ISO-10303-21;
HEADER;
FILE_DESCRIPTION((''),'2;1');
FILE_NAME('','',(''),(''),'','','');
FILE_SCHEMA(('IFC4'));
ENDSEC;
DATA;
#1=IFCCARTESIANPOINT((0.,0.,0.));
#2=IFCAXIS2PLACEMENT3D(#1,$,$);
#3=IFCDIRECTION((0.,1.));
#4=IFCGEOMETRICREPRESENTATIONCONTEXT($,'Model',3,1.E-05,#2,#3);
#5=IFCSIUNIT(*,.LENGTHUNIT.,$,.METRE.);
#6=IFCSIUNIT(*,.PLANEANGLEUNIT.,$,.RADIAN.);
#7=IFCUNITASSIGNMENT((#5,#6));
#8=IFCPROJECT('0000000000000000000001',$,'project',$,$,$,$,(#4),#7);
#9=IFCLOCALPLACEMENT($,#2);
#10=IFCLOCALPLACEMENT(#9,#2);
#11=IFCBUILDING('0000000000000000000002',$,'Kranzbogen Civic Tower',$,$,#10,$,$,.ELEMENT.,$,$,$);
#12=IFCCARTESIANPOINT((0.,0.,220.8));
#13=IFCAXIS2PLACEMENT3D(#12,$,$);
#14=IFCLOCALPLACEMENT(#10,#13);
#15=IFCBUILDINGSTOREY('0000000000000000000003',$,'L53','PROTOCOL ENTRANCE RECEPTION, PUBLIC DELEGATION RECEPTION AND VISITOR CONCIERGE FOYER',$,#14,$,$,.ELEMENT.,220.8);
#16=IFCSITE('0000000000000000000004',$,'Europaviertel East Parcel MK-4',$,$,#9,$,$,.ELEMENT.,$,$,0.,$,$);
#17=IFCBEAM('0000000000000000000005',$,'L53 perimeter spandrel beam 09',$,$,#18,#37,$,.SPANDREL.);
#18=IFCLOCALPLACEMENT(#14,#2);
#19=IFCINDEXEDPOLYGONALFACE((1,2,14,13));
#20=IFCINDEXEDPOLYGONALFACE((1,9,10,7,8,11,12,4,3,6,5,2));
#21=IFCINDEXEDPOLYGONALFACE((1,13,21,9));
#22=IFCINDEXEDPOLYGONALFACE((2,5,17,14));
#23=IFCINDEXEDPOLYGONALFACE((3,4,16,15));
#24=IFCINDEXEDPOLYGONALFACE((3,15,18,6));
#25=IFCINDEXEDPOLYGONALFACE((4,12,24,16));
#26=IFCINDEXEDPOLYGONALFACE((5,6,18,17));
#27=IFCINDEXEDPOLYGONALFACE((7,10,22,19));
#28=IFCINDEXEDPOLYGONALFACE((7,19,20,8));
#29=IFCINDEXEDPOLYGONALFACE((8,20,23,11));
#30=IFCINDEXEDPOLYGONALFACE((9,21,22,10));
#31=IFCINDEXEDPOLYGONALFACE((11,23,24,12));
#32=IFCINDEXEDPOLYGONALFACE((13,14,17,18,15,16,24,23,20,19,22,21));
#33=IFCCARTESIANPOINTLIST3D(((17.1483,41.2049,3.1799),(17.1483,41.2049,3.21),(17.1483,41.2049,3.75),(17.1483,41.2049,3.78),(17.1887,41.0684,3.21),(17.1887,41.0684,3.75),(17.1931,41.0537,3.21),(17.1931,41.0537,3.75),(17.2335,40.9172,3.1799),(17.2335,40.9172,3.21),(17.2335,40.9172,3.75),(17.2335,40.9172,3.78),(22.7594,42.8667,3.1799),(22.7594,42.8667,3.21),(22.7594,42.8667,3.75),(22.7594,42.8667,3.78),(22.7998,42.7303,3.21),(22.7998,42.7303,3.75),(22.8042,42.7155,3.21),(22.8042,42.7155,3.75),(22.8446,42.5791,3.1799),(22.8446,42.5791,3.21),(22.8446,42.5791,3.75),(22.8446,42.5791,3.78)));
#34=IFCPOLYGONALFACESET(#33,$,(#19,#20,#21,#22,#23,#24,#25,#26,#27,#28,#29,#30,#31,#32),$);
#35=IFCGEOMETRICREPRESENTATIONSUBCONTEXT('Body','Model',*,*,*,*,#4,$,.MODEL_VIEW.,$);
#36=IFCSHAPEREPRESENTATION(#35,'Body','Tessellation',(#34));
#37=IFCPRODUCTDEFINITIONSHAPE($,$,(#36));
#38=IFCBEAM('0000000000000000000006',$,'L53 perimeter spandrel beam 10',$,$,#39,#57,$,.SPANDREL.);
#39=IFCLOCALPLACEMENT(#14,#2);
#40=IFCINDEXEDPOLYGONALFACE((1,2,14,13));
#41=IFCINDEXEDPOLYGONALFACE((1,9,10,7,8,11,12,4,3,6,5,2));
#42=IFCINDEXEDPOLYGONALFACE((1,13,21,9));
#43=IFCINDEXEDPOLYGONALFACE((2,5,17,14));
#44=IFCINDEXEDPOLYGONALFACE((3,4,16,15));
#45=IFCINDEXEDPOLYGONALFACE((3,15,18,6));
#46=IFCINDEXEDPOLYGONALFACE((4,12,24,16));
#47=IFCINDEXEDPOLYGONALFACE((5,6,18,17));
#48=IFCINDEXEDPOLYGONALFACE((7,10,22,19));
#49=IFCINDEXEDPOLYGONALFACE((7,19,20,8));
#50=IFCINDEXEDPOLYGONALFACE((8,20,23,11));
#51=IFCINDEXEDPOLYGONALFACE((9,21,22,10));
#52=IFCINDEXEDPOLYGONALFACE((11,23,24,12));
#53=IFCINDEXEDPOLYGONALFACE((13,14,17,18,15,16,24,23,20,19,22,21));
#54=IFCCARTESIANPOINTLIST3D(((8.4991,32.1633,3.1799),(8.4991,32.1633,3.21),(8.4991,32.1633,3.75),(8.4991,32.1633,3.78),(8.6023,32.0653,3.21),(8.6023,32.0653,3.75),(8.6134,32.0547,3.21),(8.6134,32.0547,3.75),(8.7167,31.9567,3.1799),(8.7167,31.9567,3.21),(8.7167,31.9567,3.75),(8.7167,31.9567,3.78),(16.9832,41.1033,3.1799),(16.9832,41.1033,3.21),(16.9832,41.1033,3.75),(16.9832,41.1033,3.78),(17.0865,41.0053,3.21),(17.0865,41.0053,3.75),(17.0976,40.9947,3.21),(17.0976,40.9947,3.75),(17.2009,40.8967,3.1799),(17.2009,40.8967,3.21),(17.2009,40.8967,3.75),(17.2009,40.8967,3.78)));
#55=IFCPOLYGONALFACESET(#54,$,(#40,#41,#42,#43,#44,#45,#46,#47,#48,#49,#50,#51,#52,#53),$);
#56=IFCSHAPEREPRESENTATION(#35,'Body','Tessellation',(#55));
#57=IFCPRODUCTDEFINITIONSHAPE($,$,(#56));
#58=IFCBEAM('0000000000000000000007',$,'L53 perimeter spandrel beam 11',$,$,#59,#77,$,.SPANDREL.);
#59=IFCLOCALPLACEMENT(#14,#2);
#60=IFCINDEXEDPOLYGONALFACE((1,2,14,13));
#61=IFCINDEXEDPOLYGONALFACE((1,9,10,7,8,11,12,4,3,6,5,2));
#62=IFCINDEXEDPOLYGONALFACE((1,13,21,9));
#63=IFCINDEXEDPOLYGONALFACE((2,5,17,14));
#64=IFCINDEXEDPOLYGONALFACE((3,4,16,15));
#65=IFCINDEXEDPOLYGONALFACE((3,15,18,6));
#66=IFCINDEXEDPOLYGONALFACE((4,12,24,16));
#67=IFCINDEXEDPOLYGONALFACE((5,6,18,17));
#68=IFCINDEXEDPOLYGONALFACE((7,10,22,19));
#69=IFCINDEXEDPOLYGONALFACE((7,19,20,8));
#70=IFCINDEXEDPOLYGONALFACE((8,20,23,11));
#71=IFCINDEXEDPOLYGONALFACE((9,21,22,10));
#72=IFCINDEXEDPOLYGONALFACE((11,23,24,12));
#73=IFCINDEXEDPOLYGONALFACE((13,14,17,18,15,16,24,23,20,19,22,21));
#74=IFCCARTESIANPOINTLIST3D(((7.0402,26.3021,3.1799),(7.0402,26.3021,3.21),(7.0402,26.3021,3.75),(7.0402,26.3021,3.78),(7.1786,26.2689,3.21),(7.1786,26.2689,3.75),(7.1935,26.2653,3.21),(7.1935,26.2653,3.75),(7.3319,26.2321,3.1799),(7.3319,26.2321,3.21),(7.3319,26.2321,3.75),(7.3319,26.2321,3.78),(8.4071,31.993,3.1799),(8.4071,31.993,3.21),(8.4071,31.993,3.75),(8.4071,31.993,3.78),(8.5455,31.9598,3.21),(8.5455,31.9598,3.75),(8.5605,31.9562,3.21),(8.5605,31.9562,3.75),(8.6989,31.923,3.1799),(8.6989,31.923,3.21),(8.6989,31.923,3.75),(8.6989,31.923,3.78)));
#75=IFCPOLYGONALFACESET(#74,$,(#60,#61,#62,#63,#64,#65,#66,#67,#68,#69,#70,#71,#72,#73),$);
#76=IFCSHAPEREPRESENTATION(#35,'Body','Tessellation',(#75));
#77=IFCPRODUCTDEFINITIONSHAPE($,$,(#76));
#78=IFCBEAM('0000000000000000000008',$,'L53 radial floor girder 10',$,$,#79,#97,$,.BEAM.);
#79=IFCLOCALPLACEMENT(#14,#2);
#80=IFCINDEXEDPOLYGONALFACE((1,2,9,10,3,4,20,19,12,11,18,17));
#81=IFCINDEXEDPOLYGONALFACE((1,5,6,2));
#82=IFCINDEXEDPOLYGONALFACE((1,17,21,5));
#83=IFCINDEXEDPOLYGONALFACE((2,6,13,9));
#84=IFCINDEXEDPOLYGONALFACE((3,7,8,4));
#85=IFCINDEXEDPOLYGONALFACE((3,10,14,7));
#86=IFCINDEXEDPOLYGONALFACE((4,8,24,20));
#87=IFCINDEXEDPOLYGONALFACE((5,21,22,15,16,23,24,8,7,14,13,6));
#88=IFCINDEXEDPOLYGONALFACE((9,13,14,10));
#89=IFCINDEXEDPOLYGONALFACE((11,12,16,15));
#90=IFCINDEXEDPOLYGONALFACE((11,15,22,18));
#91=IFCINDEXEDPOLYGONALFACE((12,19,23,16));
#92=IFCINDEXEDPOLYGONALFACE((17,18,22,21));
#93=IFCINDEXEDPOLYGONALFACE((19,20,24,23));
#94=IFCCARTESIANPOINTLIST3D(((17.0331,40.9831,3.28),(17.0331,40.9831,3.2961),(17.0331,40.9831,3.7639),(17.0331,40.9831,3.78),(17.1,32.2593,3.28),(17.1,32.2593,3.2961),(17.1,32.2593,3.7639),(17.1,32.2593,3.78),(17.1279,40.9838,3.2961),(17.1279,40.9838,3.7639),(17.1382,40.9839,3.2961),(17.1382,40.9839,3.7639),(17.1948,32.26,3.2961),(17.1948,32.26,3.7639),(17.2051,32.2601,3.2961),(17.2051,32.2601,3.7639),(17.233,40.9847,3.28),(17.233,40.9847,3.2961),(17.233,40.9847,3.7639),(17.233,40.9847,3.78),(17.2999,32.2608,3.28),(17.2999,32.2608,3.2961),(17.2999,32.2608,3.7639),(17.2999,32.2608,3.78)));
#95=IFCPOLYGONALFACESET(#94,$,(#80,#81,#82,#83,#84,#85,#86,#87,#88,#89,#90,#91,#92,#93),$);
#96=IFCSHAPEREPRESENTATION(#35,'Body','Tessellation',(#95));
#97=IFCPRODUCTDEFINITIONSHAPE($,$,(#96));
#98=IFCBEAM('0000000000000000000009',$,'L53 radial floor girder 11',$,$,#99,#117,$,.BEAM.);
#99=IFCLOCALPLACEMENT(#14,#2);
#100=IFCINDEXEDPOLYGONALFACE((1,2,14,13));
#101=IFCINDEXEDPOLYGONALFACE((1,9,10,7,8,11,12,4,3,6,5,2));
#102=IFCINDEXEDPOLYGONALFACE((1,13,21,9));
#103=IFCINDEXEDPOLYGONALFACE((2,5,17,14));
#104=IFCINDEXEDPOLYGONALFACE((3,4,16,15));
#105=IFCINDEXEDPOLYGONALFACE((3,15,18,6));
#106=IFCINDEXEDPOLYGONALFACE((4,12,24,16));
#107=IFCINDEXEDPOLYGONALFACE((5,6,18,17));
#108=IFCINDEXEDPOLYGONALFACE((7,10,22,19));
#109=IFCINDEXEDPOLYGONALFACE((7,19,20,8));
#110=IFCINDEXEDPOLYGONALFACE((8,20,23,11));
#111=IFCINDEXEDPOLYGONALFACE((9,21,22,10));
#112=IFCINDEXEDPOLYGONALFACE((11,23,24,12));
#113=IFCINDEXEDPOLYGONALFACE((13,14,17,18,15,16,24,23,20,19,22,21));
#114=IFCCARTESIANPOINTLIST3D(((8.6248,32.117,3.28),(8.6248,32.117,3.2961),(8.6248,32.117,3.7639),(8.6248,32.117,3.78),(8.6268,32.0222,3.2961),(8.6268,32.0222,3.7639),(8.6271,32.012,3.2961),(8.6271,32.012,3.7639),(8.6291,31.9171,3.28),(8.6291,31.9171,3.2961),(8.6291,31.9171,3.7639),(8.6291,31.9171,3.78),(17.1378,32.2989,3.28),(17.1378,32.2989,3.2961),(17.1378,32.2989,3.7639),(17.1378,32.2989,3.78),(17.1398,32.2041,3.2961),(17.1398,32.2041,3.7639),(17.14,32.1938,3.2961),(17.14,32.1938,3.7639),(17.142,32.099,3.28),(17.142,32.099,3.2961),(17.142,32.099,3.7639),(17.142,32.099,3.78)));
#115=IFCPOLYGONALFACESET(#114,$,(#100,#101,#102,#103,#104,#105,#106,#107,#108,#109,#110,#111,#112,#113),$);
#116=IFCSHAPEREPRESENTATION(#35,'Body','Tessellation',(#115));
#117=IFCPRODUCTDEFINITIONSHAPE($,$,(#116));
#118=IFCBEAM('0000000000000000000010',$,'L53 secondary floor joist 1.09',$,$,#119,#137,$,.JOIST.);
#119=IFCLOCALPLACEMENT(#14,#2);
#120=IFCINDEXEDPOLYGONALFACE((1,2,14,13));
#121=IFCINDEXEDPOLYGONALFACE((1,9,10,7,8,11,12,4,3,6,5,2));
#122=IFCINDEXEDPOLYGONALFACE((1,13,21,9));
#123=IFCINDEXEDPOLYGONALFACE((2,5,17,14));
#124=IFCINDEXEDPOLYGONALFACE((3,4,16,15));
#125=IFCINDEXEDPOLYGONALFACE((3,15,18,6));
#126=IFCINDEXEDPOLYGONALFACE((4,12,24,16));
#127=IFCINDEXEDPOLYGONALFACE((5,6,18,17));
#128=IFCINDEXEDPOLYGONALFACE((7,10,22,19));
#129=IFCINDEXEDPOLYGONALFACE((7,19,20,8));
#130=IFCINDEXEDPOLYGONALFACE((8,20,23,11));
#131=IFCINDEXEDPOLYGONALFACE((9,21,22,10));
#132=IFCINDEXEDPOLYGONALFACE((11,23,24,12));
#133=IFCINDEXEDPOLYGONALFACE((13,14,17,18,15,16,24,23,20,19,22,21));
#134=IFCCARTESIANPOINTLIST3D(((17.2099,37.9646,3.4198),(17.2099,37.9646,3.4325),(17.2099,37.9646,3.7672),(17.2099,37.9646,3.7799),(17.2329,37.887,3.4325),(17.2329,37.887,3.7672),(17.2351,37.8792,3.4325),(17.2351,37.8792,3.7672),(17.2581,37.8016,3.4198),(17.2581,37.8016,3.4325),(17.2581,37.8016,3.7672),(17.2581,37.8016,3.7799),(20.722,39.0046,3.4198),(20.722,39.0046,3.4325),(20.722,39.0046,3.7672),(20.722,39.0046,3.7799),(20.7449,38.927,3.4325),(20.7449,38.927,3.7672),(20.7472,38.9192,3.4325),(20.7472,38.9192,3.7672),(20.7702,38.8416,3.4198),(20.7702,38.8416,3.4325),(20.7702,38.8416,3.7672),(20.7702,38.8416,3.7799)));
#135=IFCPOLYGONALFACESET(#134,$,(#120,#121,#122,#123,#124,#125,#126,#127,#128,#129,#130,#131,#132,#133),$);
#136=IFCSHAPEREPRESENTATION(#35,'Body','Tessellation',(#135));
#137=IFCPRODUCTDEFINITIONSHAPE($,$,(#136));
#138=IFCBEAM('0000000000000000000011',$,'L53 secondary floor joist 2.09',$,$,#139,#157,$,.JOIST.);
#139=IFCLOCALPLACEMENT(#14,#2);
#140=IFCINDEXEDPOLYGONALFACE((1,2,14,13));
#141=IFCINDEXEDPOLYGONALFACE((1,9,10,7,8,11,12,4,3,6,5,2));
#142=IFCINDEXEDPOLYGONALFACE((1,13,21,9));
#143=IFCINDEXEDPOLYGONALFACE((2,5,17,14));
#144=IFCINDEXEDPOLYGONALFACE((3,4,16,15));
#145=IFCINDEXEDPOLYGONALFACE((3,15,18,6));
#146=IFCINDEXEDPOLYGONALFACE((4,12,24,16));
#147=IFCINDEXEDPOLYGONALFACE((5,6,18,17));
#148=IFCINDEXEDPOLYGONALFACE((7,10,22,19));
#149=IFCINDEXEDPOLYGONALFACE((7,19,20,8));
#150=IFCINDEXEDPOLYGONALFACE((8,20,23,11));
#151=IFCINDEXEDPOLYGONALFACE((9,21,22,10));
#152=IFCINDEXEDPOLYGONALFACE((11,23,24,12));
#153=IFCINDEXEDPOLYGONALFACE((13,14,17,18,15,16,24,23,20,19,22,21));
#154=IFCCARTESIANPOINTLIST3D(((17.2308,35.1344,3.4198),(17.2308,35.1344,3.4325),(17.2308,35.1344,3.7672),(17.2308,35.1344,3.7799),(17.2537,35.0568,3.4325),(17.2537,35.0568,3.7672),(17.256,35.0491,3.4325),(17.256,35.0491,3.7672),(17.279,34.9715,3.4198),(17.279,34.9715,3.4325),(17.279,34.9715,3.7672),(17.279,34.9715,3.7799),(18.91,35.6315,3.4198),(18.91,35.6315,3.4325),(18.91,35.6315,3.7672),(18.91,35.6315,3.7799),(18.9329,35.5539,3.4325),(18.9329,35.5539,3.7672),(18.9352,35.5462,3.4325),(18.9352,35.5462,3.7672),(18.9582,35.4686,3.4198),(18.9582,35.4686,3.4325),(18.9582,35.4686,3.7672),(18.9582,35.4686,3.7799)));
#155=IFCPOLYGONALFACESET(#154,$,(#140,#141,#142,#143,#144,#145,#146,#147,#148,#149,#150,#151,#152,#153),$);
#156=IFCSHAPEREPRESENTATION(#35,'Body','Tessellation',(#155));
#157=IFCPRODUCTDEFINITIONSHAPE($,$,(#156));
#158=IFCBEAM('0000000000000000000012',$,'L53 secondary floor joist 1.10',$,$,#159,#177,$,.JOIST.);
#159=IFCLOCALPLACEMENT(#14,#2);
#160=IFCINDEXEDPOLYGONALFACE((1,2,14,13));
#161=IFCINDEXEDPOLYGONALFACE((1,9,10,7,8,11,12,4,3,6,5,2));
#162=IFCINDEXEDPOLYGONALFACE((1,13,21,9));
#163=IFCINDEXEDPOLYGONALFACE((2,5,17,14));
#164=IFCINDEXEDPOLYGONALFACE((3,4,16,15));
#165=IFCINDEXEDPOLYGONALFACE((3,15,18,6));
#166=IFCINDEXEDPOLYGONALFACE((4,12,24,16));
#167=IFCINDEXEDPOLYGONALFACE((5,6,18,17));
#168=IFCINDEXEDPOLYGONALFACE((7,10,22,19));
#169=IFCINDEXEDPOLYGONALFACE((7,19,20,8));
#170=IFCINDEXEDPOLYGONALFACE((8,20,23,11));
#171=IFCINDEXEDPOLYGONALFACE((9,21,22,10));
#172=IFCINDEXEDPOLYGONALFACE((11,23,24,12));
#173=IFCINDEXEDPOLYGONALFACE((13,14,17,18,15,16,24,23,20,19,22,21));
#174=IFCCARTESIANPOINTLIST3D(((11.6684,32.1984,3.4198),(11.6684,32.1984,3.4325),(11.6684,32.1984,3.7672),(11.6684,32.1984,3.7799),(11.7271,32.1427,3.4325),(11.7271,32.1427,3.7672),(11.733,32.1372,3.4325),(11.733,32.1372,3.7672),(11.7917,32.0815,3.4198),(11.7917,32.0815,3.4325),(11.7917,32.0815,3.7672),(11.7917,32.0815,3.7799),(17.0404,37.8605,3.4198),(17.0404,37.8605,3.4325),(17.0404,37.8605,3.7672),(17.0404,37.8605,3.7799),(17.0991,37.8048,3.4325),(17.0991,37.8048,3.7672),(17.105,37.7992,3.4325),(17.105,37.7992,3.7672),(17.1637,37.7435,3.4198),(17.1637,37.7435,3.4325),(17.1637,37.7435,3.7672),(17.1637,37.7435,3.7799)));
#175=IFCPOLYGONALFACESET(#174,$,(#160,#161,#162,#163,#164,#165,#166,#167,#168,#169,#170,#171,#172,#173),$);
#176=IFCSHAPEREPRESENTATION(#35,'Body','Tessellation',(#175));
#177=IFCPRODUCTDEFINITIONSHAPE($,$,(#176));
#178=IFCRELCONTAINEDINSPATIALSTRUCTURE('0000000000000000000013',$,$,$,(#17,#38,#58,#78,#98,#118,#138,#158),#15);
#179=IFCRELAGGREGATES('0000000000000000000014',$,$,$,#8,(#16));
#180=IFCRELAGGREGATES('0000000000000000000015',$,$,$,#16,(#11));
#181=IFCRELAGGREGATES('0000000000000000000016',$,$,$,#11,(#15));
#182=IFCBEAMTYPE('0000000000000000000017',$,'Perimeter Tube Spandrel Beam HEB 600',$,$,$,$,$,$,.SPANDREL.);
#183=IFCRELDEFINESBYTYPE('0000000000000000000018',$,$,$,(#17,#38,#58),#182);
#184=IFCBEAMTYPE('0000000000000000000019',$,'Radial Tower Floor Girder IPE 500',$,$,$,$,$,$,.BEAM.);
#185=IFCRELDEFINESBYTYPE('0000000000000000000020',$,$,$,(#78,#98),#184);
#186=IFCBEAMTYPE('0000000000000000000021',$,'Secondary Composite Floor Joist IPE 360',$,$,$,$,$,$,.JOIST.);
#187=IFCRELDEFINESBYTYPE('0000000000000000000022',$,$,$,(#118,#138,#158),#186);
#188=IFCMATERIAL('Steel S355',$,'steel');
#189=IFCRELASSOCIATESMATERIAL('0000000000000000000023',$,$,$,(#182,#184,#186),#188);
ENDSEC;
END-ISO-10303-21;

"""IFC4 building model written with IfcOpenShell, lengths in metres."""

from ifc_helpers import new_model, si_unit, direction, frame, origin, origin_2d, place, context, subcontext, project, spatial, i_section, extrude, material, material_profile, profile_set, type_object, element, save


model = new_model("IFC4")

# Units and contexts
model_context = context("Model", 3, precision=1e-05, world=origin(), true_north=direction((0.0, 1.0)))
body_context = subcontext(model_context, "Body", "Model", "MODEL_VIEW")
ifc_project = project(units=[si_unit("LENGTHUNIT", "METRE"), si_unit("PLANEANGLEUNIT", "RADIAN")], contexts=[model_context])

# Site, building, storey
site_placement = place(None, origin())
site = spatial("IfcSite", under=ifc_project, at=site_placement, Name="Europaviertel East Parcel MK-4", CompositionType="ELEMENT", RefElevation=0.0)
building_placement = place(site_placement, origin())
building = spatial("IfcBuilding", under=site, at=building_placement, Name="Kranzbogen Civic Tower", CompositionType="ELEMENT")
storey_placement = place(building_placement, frame((0.0, 0.0, 220.8)))
storey = spatial("IfcBuildingStorey", under=building, at=storey_placement, Name="L53", Description="PROTOCOL ENTRANCE RECEPTION, PUBLIC DELEGATION RECEPTION AND VISITOR CONCIERGE FOYER", CompositionType="ELEMENT", Elevation=220.8)

# Shared definitions
ifc_material_1 = material(Name="Steel S355", Category="steel")

# Beams
ifc_material_profile_1 = material_profile(ifc_material_1, i_section(OverallWidth=0.3, OverallDepth=0.6001, WebThickness=0.0154, FlangeThickness=0.03, at=origin_2d()), Name="HEB 600")
ifc_profile_set_1 = profile_set([ifc_material_profile_1], Name="Steel S355")
beam_type_1 = type_object("IfcBeamType", Name="Perimeter Tube Spandrel Beam HEB 600", PredefinedType="SPANDREL", material=ifc_profile_set_1)
beam_1_placement = place(storey_placement, frame((22.802, 42.7229, 3.48), z_axis=(-0.95883, -0.283982, 0.0), x_axis=(0.283982, -0.95883, 0.0)))
element("IfcBeam", 1, at=beam_1_placement, inside=storey, type_object=beam_type_1, Name="L53 perimeter spandrel beam 09", PredefinedType="SPANDREL", context=body_context, shape_type="SweptSolid", body=[
    extrude(i_section(OverallWidth=0.3, OverallDepth=0.6001, WebThickness=0.0154, FlangeThickness=0.03, at=origin_2d()), origin(), (0.0, 0.0, 1.0), 5.8521),
])
beam_2_placement = place(storey_placement, frame((17.092, 41.0, 3.48), z_axis=(-0.688373, -0.725356, 0.0), x_axis=(0.725356, -0.688373, 0.0)))
element("IfcBeam", 2, at=beam_2_placement, inside=storey, type_object=beam_type_1, Name="L53 perimeter spandrel beam 10", PredefinedType="SPANDREL", context=body_context, shape_type="SweptSolid", body=[
    extrude(i_section(OverallWidth=0.3, OverallDepth=0.6001, WebThickness=0.0154, FlangeThickness=0.03, at=origin_2d()), origin(), (0.0, 0.0, 1.0), 12.325),
])
beam_3_placement = place(storey_placement, frame((8.553, 31.958, 3.48), z_axis=(-0.233554, -0.972344, 0.0), x_axis=(0.972344, -0.233554, 0.0)))
element("IfcBeam", 3, at=beam_3_placement, inside=storey, type_object=beam_type_1, Name="L53 perimeter spandrel beam 11", PredefinedType="SPANDREL", context=body_context, shape_type="SweptSolid", body=[
    extrude(i_section(OverallWidth=0.3, OverallDepth=0.6001, WebThickness=0.0154, FlangeThickness=0.03, at=origin_2d()), origin(), (0.0, 0.0, 1.0), 5.8528),
])
ifc_material_profile_2 = material_profile(ifc_material_1, i_section(OverallWidth=0.2, OverallDepth=0.5, WebThickness=0.0103, FlangeThickness=0.0161, at=origin_2d()), Name="IPE 500")
ifc_profile_set_2 = profile_set([ifc_material_profile_2], Name="Steel S355")
beam_type_2 = type_object("IfcBeamType", Name="Radial Tower Floor Girder IPE 500", PredefinedType="BEAM", material=ifc_profile_set_2)
beam_4_placement = place(storey_placement, frame((17.1331, 40.9839, 3.53), z_axis=(0.007668, -0.999971, 0.0), x_axis=(0.999971, 0.007668, 0.0)))
element("IfcBeam", 4, at=beam_4_placement, inside=storey, type_object=beam_type_2, Name="L53 radial floor girder 10", PredefinedType="BEAM", context=body_context, shape_type="SweptSolid", body=[
    extrude(i_section(OverallWidth=0.2, OverallDepth=0.5, WebThickness=0.0103, FlangeThickness=0.0161, at=origin_2d()), origin(), (0.0, 0.0, 1.0), 8.7241),
])
beam_5_placement = place(storey_placement, frame((8.627, 32.0171, 3.53), z_axis=(0.999772, 0.021361, 0.0), x_axis=(-0.021361, 0.999772, 0.0)))
element("IfcBeam", 5, at=beam_5_placement, inside=storey, type_object=beam_type_2, Name="L53 radial floor girder 11", PredefinedType="BEAM", context=body_context, shape_type="SweptSolid", body=[
    extrude(i_section(OverallWidth=0.2, OverallDepth=0.5, WebThickness=0.0103, FlangeThickness=0.0161, at=origin_2d()), origin(), (0.0, 0.0, 1.0), 8.5149),
])
ifc_material_profile_3 = material_profile(ifc_material_1, i_section(OverallWidth=0.1699, OverallDepth=0.3601, WebThickness=0.0081, FlangeThickness=0.0127, at=origin_2d()), Name="IPE 360")
ifc_profile_set_3 = profile_set([ifc_material_profile_3], Name="Steel S355")
beam_type_3 = type_object("IfcBeamType", Name="Secondary Composite Floor Joist IPE 360", PredefinedType="JOIST", material=ifc_profile_set_3)
beam_6_placement = place(storey_placement, frame((20.7461, 38.9231, 3.5999), z_axis=(-0.958844, -0.283934, 0.0), x_axis=(0.283934, -0.958844, 0.0)))
element("IfcBeam", 6, at=beam_6_placement, inside=storey, type_object=beam_type_3, Name="L53 secondary floor joist 1.09", PredefinedType="JOIST", context=body_context, shape_type="SweptSolid", body=[
    extrude(i_section(OverallWidth=0.1699, OverallDepth=0.3601, WebThickness=0.0081, FlangeThickness=0.0127, at=origin_2d()), origin(), (0.0, 0.0, 1.0), 3.6628),
])
beam_7_placement = place(storey_placement, frame((18.9341, 35.55, 3.5999), z_axis=(-0.958871, -0.283841, 0.0), x_axis=(0.283841, -0.958871, 0.0)))
element("IfcBeam", 7, at=beam_7_placement, inside=storey, type_object=beam_type_3, Name="L53 secondary floor joist 2.09", PredefinedType="JOIST", context=body_context, shape_type="SweptSolid", body=[
    extrude(i_section(OverallWidth=0.1699, OverallDepth=0.3601, WebThickness=0.0081, FlangeThickness=0.0127, at=origin_2d()), origin(), (0.0, 0.0, 1.0), 1.7512),
])
beam_8_placement = place(storey_placement, frame((17.1021, 37.802, 3.5999), z_axis=(-0.688282, -0.725443, 0.0), x_axis=(0.725443, -0.688282, 0.0)))
element("IfcBeam", 8, at=beam_8_placement, inside=storey, type_object=beam_type_3, Name="L53 secondary floor joist 1.10", PredefinedType="JOIST", context=body_context, shape_type="SweptSolid", body=[
    extrude(i_section(OverallWidth=0.1699, OverallDepth=0.3601, WebThickness=0.0081, FlangeThickness=0.0127, at=origin_2d()), origin(), (0.0, 0.0, 1.0), 7.8049),
])

save(model, "model.ifc")
